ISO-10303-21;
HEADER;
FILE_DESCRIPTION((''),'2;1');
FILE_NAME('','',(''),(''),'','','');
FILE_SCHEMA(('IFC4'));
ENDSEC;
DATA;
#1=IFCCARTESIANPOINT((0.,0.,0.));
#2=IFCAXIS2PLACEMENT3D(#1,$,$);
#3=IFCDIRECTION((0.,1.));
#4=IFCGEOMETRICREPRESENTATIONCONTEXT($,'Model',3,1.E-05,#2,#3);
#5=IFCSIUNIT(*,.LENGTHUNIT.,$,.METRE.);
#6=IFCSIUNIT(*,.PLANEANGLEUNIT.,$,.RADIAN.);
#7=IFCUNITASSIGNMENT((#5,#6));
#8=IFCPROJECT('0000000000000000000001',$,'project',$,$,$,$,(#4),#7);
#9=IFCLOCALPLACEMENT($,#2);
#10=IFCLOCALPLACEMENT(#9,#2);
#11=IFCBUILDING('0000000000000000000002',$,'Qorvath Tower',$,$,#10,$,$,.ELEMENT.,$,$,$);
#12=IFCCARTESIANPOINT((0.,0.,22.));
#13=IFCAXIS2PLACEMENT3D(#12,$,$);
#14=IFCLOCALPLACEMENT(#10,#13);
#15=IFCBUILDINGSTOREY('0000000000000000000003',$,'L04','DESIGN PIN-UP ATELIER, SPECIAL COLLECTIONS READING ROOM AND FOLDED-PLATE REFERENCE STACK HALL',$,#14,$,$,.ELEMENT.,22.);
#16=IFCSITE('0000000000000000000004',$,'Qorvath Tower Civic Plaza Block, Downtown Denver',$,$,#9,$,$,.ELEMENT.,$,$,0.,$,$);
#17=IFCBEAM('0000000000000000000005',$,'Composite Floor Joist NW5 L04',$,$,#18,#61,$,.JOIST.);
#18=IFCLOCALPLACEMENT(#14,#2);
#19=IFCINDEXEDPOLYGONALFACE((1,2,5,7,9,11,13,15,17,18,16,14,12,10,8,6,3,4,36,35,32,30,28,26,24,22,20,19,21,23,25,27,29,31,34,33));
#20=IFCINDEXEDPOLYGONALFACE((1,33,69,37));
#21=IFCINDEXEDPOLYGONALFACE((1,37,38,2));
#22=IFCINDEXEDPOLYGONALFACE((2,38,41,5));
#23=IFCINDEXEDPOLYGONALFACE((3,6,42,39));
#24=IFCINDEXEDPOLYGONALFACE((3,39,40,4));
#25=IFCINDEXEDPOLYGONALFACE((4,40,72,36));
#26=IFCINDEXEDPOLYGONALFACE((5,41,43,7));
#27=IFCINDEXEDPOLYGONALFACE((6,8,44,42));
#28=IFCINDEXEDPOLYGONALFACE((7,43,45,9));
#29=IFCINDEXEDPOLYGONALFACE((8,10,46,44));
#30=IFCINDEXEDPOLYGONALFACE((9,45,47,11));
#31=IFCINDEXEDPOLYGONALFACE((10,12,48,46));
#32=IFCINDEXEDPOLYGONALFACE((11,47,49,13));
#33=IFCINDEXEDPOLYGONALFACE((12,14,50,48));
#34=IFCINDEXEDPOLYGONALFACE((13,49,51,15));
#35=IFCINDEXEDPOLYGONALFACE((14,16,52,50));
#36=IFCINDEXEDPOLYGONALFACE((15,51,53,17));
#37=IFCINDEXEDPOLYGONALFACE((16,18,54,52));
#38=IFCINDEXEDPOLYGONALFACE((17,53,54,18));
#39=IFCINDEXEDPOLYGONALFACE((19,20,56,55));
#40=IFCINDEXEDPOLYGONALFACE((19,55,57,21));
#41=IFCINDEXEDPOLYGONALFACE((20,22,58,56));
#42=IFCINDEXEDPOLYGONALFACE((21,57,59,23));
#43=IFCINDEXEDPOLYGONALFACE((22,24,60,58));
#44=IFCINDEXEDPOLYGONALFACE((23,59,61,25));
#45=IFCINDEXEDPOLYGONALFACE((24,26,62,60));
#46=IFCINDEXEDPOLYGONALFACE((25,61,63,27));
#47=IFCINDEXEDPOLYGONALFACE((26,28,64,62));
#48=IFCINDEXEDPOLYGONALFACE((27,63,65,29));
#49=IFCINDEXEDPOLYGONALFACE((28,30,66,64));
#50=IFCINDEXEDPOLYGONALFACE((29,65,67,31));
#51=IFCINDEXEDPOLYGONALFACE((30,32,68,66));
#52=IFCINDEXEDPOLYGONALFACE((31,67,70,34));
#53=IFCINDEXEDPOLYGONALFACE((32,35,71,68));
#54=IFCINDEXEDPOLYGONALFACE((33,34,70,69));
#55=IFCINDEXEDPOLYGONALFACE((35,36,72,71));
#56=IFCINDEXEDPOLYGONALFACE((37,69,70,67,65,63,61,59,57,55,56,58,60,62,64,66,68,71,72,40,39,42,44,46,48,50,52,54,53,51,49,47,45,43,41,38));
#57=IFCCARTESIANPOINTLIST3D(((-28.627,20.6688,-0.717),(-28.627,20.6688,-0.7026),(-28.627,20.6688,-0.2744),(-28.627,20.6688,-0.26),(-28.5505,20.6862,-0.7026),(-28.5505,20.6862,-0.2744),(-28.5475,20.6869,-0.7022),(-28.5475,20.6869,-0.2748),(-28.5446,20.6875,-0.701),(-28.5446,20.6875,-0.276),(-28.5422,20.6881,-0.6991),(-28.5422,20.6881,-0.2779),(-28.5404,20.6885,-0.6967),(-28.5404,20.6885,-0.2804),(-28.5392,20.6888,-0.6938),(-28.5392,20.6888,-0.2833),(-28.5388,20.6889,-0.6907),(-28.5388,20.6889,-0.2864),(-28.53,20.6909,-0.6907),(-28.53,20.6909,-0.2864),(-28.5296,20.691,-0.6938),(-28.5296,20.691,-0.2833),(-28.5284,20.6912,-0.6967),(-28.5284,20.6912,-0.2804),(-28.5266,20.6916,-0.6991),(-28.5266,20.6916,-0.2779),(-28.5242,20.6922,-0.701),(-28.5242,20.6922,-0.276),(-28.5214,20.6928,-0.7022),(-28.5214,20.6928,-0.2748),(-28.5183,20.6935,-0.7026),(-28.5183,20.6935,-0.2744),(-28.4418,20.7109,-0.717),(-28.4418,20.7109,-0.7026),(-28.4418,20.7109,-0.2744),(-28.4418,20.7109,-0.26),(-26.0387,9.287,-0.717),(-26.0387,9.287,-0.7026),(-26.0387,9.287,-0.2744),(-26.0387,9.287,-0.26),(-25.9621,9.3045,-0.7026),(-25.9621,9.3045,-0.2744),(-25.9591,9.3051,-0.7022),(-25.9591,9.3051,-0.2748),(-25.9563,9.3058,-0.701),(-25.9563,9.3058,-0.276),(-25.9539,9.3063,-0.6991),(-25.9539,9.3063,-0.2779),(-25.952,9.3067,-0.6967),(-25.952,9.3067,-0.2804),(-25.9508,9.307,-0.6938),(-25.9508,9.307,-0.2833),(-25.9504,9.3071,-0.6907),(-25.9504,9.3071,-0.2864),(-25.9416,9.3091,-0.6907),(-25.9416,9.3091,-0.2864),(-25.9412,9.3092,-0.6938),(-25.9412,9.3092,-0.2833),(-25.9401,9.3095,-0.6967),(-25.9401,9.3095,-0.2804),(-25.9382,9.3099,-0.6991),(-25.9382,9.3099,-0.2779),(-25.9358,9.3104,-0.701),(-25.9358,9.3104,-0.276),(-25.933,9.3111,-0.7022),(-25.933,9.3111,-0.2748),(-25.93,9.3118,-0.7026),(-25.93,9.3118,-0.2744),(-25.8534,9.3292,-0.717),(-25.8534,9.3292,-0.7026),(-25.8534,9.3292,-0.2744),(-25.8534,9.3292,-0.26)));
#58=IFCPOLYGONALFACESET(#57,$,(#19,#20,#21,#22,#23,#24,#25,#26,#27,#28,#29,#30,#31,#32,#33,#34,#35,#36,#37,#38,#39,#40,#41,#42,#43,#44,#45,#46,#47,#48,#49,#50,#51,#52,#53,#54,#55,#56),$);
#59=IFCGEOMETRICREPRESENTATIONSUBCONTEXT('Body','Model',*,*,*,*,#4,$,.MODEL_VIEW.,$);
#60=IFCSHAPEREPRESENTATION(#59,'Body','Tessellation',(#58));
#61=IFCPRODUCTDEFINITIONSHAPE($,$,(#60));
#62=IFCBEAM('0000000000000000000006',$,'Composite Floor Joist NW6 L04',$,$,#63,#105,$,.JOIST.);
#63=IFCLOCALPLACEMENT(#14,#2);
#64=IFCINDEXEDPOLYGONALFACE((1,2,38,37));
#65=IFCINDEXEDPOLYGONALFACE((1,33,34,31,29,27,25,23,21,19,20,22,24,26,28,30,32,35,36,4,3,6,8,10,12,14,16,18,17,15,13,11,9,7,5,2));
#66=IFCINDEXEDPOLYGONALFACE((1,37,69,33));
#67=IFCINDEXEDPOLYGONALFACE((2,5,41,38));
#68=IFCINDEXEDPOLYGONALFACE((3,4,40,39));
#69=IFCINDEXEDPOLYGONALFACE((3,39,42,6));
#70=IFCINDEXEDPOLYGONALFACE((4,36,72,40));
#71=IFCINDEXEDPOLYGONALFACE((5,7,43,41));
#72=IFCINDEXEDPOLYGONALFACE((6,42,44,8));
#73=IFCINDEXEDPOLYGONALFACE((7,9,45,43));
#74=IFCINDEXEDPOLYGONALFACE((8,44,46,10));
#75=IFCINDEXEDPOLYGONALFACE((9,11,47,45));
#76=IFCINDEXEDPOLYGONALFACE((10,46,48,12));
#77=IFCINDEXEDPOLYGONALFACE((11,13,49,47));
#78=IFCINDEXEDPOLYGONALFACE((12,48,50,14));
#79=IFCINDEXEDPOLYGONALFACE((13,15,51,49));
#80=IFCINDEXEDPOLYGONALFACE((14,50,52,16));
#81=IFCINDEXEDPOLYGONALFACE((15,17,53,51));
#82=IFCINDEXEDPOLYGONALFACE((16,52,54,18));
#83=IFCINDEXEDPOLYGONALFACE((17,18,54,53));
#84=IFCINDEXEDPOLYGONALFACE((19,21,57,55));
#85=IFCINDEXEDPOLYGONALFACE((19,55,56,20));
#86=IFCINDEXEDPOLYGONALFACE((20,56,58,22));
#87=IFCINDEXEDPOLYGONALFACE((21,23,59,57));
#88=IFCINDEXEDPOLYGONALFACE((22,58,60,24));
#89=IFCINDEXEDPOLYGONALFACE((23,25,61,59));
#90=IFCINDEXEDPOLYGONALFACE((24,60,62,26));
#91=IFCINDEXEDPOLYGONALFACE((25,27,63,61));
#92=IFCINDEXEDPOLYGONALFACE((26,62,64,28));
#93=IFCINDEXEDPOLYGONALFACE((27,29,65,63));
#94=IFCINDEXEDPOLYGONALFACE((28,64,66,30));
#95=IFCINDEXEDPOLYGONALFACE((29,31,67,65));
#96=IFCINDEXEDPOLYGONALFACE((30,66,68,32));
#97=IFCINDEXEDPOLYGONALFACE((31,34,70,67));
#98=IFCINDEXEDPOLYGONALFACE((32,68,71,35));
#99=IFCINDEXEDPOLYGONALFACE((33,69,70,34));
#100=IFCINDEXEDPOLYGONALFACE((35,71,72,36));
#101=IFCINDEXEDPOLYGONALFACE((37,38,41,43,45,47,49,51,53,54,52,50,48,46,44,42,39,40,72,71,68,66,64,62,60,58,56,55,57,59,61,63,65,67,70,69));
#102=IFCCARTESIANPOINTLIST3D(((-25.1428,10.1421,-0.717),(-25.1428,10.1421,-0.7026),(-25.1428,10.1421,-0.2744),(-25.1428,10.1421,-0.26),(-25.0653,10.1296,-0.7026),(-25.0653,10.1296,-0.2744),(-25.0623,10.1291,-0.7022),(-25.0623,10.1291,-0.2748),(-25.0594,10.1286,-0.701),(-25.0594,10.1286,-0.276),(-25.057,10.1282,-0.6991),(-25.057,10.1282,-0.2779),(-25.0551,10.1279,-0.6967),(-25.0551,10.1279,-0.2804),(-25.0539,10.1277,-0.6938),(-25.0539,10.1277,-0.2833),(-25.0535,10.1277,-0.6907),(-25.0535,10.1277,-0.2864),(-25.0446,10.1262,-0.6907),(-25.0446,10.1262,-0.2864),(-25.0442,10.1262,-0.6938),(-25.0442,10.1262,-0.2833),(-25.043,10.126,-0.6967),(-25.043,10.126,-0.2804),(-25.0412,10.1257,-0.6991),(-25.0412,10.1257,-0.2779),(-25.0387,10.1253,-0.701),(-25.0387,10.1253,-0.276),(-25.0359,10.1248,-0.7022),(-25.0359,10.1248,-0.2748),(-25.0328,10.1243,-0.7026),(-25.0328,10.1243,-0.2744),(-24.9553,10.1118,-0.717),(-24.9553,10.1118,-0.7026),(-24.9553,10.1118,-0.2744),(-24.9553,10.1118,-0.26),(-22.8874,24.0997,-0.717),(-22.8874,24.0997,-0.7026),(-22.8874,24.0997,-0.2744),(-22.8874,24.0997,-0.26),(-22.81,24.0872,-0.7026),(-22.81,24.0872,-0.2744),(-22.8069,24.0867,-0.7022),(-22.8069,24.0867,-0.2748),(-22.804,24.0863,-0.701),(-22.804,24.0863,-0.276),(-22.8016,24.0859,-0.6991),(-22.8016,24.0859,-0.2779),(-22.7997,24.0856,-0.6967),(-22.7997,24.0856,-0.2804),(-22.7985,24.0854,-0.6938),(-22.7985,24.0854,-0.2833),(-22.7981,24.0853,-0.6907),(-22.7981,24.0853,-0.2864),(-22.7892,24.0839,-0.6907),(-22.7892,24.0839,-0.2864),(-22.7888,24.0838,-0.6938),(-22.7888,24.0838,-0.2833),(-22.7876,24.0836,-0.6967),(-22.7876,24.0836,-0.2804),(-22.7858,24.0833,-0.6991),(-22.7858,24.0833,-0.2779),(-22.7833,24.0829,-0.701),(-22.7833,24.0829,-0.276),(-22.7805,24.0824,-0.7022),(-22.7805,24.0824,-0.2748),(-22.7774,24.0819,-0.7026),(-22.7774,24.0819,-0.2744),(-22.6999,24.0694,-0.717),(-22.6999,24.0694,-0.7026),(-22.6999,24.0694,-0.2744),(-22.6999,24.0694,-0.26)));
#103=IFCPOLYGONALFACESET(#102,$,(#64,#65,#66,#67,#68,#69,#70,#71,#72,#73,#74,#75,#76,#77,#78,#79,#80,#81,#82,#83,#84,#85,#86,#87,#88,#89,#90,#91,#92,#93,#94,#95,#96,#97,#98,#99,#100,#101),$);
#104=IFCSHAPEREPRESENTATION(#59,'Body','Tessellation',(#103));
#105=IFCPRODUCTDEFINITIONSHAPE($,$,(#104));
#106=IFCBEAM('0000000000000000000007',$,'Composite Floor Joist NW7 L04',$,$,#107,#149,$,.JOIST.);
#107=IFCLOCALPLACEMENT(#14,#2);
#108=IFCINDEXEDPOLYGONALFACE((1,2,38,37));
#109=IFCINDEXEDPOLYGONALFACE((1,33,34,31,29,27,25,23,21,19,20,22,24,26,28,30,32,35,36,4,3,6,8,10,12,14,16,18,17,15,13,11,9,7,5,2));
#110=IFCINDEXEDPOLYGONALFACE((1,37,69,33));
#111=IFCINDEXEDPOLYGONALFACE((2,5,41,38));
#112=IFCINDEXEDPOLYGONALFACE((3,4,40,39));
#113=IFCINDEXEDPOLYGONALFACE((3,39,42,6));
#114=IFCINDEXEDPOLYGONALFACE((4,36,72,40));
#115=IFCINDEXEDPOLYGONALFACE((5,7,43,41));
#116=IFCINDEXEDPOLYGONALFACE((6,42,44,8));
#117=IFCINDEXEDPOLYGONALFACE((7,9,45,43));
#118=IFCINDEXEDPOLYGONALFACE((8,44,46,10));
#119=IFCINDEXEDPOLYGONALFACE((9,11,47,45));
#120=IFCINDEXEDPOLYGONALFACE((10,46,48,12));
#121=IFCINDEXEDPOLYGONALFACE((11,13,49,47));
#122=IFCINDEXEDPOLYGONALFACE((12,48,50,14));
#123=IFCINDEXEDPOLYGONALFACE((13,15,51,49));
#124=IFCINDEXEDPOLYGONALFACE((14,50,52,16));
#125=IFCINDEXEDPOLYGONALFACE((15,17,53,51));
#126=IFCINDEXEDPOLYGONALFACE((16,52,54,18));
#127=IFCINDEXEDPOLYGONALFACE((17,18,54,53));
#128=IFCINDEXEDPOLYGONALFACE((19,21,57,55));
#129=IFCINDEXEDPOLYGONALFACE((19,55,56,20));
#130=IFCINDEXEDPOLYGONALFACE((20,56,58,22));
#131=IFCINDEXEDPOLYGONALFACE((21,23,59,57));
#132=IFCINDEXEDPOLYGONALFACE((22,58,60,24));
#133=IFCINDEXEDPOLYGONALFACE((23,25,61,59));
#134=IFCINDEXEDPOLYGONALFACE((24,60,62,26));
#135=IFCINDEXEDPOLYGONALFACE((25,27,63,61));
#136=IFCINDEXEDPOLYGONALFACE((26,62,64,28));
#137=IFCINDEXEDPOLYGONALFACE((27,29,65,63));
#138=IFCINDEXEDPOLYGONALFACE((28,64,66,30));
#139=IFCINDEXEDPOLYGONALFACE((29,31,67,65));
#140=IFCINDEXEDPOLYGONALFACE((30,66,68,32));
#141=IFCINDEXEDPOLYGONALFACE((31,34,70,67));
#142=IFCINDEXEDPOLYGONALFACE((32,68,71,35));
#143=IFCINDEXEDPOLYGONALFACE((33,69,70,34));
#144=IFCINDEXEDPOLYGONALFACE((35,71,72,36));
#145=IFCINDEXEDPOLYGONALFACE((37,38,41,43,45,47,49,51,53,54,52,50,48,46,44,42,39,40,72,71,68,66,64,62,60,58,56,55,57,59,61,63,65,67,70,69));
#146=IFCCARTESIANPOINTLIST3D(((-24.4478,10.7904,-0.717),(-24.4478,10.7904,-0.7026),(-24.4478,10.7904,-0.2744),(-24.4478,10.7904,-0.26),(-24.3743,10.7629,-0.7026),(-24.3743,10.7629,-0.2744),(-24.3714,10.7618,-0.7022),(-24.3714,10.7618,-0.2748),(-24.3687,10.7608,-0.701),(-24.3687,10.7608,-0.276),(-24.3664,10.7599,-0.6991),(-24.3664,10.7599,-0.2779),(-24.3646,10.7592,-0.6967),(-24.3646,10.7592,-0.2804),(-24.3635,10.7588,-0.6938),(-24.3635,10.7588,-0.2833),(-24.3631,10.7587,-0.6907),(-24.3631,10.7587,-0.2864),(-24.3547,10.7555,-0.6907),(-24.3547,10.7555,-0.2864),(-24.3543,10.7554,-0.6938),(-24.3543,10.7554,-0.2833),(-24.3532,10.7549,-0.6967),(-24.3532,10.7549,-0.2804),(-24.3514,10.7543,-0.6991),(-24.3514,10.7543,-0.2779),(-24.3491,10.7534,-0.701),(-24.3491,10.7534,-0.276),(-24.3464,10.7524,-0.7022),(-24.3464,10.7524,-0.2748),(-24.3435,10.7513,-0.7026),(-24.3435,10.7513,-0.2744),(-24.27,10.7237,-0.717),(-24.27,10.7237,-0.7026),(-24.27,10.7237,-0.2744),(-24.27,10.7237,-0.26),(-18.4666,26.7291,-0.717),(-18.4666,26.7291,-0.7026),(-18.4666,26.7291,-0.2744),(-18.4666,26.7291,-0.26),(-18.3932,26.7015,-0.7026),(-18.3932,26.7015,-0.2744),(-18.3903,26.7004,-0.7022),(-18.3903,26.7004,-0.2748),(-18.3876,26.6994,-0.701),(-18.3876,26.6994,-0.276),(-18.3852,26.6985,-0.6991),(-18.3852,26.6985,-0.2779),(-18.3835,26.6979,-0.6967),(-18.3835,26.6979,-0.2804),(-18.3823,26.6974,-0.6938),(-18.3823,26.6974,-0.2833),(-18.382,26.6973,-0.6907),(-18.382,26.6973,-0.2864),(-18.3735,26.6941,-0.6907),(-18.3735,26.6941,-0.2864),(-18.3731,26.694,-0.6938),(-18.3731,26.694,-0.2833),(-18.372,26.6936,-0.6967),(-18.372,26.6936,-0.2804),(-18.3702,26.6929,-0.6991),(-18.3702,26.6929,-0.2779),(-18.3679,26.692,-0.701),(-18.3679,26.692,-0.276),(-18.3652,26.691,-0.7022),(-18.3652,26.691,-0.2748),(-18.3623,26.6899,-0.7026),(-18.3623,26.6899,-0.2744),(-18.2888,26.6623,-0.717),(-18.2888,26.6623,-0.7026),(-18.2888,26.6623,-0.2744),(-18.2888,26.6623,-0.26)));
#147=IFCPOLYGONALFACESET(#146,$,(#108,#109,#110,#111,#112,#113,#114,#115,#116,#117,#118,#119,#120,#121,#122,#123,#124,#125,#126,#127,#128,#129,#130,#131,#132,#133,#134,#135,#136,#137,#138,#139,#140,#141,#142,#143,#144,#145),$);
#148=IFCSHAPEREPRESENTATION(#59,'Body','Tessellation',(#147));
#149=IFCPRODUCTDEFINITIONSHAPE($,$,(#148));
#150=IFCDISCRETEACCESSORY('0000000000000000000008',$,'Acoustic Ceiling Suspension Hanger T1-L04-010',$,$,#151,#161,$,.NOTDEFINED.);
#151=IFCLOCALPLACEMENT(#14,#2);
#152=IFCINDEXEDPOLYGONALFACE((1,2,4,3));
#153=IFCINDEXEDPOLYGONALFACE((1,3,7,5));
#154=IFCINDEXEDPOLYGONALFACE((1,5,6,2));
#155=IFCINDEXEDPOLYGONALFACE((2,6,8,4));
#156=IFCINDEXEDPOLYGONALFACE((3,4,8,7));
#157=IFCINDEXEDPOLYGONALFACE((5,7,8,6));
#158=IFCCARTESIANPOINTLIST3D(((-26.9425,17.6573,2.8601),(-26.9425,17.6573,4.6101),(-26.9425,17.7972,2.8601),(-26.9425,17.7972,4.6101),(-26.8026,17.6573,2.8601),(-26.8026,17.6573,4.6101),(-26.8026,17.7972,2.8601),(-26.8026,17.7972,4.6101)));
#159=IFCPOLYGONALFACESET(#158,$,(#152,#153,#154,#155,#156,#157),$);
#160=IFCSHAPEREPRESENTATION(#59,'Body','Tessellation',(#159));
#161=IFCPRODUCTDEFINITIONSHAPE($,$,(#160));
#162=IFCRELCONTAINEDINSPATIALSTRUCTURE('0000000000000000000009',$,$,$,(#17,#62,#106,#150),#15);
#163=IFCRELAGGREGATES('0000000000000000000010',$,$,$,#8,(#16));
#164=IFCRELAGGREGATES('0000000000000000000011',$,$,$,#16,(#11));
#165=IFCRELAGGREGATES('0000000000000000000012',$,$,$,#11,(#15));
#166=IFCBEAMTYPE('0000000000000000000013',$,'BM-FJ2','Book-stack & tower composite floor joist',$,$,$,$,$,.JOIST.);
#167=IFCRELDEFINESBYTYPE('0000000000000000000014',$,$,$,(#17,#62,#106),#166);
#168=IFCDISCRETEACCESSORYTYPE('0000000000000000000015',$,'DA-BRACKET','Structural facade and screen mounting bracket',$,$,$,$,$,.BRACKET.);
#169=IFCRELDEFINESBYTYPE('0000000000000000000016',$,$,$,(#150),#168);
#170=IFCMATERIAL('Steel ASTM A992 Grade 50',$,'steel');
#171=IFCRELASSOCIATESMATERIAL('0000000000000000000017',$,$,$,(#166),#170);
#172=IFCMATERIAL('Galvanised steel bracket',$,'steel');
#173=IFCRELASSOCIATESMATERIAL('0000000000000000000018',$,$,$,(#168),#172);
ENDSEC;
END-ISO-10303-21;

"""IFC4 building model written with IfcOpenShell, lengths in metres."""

from ifc_helpers import new_model, si_unit, direction, frame, origin, origin_2d, place, context, subcontext, project, spatial, rectangle, i_section, extrude, material, material_profile, profile_set, type_object, element, save


model = new_model("IFC4")

# Units and contexts
model_context = context("Model", 3, precision=1e-05, world=origin(), true_north=direction((0.0, 1.0)))
body_context = subcontext(model_context, "Body", "Model", "MODEL_VIEW")
ifc_project = project(units=[si_unit("LENGTHUNIT", "METRE"), si_unit("PLANEANGLEUNIT", "RADIAN")], contexts=[model_context])

# Site, building, storey
site_placement = place(None, origin())
site = spatial("IfcSite", under=ifc_project, at=site_placement, Name="Qorvath Tower Civic Plaza Block, Downtown Denver", CompositionType="ELEMENT", RefElevation=0.0)
building_placement = place(site_placement, origin())
building = spatial("IfcBuilding", under=site, at=building_placement, Name="Qorvath Tower", CompositionType="ELEMENT")
storey_placement = place(building_placement, frame((0.0, 0.0, 22.0)))
storey = spatial("IfcBuildingStorey", under=building, at=storey_placement, Name="L04", Description="DESIGN PIN-UP ATELIER, SPECIAL COLLECTIONS READING ROOM AND FOLDED-PLATE REFERENCE STACK HALL", CompositionType="ELEMENT", Elevation=22.0)

# Beams
ifc_material_1 = material(Name="Steel ASTM A992 Grade 50", Category="steel")
ifc_material_profile_1 = material_profile(ifc_material_1, i_section(OverallWidth=0.1899, OverallDepth=0.457, WebThickness=0.009, FlangeThickness=0.0144, FilletRadius=0.012, at=origin_2d()), Name="W18x50")
ifc_profile_set_1 = profile_set([ifc_material_profile_1], Name="Steel ASTM A992 Grade 50")
beam_type_1 = type_object("IfcBeamType", Name="BM-FJ2", Description="Book-stack & tower composite floor joist", PredefinedType="JOIST", material=ifc_profile_set_1)
beam_1_placement = place(storey_placement, frame((-25.946, 9.3081, -0.4885), z_axis=(-0.221751, 0.975103, 0.0), x_axis=(-0.975103, -0.221751, 0.0)))
element("IfcBeam", 1, at=beam_1_placement, inside=storey, type_object=beam_type_1, Name="Composite Floor Joist NW5 L04", PredefinedType="JOIST", context=body_context, shape_type="SweptSolid", body=[
    extrude(i_section(OverallWidth=0.1899, OverallDepth=0.457, WebThickness=0.009, FlangeThickness=0.0144, FilletRadius=0.012, at=origin_2d()), origin(), (0.0, 0.0, 1.0), 11.6724),
])
beam_2_placement = place(storey_placement, frame((-25.0491, 10.127, -0.4885), z_axis=(0.159519, 0.987195, 0.0), x_axis=(-0.987195, 0.159519, 0.0)))
element("IfcBeam", 2, at=beam_2_placement, inside=storey, type_object=beam_type_1, Name="Composite Floor Joist NW6 L04", PredefinedType="JOIST", context=body_context, shape_type="SweptSolid", body=[
    extrude(i_section(OverallWidth=0.1899, OverallDepth=0.457, WebThickness=0.009, FlangeThickness=0.0144, FilletRadius=0.012, at=origin_2d()), origin(), (0.0, 0.0, 1.0), 14.1387),
])
beam_3_placement = place(storey_placement, frame((-24.3589, 10.7571, -0.4885), z_axis=(0.351339, 0.936248, 0.0), x_axis=(-0.936248, 0.351339, 0.0)))
element("IfcBeam", 3, at=beam_3_placement, inside=storey, type_object=beam_type_1, Name="Composite Floor Joist NW7 L04", PredefinedType="JOIST", context=body_context, shape_type="SweptSolid", body=[
    extrude(i_section(OverallWidth=0.1899, OverallDepth=0.457, WebThickness=0.009, FlangeThickness=0.0144, FilletRadius=0.012, at=origin_2d()), origin(), (0.0, 0.0, 1.0), 17.0239),
])

# Discrete accessory
ifc_material_2 = material(Name="Galvanised steel bracket", Category="steel")
discrete_accessory_type = type_object("IfcDiscreteAccessoryType", Name="DA-BRACKET", Description="Structural facade and screen mounting bracket", PredefinedType="BRACKET", material=ifc_material_2)
discrete_accessory_placement = place(storey_placement, frame((-26.8726, 17.7273, 2.8601), z_axis=(0.0, 0.0, 1.0), x_axis=(1.0, 0.0, 0.0)))
element("IfcDiscreteAccessory", 4, at=discrete_accessory_placement, inside=storey, type_object=discrete_accessory_type, Name="Acoustic Ceiling Suspension Hanger T1-L04-010", PredefinedType="NOTDEFINED", context=body_context, shape_type="SweptSolid", body=[
    extrude(rectangle(XDim=0.1399, YDim=0.1399, at=origin_2d()), origin(), (0.0, 0.0, 1.0), 1.75),
])

save(model, "model.ifc")
